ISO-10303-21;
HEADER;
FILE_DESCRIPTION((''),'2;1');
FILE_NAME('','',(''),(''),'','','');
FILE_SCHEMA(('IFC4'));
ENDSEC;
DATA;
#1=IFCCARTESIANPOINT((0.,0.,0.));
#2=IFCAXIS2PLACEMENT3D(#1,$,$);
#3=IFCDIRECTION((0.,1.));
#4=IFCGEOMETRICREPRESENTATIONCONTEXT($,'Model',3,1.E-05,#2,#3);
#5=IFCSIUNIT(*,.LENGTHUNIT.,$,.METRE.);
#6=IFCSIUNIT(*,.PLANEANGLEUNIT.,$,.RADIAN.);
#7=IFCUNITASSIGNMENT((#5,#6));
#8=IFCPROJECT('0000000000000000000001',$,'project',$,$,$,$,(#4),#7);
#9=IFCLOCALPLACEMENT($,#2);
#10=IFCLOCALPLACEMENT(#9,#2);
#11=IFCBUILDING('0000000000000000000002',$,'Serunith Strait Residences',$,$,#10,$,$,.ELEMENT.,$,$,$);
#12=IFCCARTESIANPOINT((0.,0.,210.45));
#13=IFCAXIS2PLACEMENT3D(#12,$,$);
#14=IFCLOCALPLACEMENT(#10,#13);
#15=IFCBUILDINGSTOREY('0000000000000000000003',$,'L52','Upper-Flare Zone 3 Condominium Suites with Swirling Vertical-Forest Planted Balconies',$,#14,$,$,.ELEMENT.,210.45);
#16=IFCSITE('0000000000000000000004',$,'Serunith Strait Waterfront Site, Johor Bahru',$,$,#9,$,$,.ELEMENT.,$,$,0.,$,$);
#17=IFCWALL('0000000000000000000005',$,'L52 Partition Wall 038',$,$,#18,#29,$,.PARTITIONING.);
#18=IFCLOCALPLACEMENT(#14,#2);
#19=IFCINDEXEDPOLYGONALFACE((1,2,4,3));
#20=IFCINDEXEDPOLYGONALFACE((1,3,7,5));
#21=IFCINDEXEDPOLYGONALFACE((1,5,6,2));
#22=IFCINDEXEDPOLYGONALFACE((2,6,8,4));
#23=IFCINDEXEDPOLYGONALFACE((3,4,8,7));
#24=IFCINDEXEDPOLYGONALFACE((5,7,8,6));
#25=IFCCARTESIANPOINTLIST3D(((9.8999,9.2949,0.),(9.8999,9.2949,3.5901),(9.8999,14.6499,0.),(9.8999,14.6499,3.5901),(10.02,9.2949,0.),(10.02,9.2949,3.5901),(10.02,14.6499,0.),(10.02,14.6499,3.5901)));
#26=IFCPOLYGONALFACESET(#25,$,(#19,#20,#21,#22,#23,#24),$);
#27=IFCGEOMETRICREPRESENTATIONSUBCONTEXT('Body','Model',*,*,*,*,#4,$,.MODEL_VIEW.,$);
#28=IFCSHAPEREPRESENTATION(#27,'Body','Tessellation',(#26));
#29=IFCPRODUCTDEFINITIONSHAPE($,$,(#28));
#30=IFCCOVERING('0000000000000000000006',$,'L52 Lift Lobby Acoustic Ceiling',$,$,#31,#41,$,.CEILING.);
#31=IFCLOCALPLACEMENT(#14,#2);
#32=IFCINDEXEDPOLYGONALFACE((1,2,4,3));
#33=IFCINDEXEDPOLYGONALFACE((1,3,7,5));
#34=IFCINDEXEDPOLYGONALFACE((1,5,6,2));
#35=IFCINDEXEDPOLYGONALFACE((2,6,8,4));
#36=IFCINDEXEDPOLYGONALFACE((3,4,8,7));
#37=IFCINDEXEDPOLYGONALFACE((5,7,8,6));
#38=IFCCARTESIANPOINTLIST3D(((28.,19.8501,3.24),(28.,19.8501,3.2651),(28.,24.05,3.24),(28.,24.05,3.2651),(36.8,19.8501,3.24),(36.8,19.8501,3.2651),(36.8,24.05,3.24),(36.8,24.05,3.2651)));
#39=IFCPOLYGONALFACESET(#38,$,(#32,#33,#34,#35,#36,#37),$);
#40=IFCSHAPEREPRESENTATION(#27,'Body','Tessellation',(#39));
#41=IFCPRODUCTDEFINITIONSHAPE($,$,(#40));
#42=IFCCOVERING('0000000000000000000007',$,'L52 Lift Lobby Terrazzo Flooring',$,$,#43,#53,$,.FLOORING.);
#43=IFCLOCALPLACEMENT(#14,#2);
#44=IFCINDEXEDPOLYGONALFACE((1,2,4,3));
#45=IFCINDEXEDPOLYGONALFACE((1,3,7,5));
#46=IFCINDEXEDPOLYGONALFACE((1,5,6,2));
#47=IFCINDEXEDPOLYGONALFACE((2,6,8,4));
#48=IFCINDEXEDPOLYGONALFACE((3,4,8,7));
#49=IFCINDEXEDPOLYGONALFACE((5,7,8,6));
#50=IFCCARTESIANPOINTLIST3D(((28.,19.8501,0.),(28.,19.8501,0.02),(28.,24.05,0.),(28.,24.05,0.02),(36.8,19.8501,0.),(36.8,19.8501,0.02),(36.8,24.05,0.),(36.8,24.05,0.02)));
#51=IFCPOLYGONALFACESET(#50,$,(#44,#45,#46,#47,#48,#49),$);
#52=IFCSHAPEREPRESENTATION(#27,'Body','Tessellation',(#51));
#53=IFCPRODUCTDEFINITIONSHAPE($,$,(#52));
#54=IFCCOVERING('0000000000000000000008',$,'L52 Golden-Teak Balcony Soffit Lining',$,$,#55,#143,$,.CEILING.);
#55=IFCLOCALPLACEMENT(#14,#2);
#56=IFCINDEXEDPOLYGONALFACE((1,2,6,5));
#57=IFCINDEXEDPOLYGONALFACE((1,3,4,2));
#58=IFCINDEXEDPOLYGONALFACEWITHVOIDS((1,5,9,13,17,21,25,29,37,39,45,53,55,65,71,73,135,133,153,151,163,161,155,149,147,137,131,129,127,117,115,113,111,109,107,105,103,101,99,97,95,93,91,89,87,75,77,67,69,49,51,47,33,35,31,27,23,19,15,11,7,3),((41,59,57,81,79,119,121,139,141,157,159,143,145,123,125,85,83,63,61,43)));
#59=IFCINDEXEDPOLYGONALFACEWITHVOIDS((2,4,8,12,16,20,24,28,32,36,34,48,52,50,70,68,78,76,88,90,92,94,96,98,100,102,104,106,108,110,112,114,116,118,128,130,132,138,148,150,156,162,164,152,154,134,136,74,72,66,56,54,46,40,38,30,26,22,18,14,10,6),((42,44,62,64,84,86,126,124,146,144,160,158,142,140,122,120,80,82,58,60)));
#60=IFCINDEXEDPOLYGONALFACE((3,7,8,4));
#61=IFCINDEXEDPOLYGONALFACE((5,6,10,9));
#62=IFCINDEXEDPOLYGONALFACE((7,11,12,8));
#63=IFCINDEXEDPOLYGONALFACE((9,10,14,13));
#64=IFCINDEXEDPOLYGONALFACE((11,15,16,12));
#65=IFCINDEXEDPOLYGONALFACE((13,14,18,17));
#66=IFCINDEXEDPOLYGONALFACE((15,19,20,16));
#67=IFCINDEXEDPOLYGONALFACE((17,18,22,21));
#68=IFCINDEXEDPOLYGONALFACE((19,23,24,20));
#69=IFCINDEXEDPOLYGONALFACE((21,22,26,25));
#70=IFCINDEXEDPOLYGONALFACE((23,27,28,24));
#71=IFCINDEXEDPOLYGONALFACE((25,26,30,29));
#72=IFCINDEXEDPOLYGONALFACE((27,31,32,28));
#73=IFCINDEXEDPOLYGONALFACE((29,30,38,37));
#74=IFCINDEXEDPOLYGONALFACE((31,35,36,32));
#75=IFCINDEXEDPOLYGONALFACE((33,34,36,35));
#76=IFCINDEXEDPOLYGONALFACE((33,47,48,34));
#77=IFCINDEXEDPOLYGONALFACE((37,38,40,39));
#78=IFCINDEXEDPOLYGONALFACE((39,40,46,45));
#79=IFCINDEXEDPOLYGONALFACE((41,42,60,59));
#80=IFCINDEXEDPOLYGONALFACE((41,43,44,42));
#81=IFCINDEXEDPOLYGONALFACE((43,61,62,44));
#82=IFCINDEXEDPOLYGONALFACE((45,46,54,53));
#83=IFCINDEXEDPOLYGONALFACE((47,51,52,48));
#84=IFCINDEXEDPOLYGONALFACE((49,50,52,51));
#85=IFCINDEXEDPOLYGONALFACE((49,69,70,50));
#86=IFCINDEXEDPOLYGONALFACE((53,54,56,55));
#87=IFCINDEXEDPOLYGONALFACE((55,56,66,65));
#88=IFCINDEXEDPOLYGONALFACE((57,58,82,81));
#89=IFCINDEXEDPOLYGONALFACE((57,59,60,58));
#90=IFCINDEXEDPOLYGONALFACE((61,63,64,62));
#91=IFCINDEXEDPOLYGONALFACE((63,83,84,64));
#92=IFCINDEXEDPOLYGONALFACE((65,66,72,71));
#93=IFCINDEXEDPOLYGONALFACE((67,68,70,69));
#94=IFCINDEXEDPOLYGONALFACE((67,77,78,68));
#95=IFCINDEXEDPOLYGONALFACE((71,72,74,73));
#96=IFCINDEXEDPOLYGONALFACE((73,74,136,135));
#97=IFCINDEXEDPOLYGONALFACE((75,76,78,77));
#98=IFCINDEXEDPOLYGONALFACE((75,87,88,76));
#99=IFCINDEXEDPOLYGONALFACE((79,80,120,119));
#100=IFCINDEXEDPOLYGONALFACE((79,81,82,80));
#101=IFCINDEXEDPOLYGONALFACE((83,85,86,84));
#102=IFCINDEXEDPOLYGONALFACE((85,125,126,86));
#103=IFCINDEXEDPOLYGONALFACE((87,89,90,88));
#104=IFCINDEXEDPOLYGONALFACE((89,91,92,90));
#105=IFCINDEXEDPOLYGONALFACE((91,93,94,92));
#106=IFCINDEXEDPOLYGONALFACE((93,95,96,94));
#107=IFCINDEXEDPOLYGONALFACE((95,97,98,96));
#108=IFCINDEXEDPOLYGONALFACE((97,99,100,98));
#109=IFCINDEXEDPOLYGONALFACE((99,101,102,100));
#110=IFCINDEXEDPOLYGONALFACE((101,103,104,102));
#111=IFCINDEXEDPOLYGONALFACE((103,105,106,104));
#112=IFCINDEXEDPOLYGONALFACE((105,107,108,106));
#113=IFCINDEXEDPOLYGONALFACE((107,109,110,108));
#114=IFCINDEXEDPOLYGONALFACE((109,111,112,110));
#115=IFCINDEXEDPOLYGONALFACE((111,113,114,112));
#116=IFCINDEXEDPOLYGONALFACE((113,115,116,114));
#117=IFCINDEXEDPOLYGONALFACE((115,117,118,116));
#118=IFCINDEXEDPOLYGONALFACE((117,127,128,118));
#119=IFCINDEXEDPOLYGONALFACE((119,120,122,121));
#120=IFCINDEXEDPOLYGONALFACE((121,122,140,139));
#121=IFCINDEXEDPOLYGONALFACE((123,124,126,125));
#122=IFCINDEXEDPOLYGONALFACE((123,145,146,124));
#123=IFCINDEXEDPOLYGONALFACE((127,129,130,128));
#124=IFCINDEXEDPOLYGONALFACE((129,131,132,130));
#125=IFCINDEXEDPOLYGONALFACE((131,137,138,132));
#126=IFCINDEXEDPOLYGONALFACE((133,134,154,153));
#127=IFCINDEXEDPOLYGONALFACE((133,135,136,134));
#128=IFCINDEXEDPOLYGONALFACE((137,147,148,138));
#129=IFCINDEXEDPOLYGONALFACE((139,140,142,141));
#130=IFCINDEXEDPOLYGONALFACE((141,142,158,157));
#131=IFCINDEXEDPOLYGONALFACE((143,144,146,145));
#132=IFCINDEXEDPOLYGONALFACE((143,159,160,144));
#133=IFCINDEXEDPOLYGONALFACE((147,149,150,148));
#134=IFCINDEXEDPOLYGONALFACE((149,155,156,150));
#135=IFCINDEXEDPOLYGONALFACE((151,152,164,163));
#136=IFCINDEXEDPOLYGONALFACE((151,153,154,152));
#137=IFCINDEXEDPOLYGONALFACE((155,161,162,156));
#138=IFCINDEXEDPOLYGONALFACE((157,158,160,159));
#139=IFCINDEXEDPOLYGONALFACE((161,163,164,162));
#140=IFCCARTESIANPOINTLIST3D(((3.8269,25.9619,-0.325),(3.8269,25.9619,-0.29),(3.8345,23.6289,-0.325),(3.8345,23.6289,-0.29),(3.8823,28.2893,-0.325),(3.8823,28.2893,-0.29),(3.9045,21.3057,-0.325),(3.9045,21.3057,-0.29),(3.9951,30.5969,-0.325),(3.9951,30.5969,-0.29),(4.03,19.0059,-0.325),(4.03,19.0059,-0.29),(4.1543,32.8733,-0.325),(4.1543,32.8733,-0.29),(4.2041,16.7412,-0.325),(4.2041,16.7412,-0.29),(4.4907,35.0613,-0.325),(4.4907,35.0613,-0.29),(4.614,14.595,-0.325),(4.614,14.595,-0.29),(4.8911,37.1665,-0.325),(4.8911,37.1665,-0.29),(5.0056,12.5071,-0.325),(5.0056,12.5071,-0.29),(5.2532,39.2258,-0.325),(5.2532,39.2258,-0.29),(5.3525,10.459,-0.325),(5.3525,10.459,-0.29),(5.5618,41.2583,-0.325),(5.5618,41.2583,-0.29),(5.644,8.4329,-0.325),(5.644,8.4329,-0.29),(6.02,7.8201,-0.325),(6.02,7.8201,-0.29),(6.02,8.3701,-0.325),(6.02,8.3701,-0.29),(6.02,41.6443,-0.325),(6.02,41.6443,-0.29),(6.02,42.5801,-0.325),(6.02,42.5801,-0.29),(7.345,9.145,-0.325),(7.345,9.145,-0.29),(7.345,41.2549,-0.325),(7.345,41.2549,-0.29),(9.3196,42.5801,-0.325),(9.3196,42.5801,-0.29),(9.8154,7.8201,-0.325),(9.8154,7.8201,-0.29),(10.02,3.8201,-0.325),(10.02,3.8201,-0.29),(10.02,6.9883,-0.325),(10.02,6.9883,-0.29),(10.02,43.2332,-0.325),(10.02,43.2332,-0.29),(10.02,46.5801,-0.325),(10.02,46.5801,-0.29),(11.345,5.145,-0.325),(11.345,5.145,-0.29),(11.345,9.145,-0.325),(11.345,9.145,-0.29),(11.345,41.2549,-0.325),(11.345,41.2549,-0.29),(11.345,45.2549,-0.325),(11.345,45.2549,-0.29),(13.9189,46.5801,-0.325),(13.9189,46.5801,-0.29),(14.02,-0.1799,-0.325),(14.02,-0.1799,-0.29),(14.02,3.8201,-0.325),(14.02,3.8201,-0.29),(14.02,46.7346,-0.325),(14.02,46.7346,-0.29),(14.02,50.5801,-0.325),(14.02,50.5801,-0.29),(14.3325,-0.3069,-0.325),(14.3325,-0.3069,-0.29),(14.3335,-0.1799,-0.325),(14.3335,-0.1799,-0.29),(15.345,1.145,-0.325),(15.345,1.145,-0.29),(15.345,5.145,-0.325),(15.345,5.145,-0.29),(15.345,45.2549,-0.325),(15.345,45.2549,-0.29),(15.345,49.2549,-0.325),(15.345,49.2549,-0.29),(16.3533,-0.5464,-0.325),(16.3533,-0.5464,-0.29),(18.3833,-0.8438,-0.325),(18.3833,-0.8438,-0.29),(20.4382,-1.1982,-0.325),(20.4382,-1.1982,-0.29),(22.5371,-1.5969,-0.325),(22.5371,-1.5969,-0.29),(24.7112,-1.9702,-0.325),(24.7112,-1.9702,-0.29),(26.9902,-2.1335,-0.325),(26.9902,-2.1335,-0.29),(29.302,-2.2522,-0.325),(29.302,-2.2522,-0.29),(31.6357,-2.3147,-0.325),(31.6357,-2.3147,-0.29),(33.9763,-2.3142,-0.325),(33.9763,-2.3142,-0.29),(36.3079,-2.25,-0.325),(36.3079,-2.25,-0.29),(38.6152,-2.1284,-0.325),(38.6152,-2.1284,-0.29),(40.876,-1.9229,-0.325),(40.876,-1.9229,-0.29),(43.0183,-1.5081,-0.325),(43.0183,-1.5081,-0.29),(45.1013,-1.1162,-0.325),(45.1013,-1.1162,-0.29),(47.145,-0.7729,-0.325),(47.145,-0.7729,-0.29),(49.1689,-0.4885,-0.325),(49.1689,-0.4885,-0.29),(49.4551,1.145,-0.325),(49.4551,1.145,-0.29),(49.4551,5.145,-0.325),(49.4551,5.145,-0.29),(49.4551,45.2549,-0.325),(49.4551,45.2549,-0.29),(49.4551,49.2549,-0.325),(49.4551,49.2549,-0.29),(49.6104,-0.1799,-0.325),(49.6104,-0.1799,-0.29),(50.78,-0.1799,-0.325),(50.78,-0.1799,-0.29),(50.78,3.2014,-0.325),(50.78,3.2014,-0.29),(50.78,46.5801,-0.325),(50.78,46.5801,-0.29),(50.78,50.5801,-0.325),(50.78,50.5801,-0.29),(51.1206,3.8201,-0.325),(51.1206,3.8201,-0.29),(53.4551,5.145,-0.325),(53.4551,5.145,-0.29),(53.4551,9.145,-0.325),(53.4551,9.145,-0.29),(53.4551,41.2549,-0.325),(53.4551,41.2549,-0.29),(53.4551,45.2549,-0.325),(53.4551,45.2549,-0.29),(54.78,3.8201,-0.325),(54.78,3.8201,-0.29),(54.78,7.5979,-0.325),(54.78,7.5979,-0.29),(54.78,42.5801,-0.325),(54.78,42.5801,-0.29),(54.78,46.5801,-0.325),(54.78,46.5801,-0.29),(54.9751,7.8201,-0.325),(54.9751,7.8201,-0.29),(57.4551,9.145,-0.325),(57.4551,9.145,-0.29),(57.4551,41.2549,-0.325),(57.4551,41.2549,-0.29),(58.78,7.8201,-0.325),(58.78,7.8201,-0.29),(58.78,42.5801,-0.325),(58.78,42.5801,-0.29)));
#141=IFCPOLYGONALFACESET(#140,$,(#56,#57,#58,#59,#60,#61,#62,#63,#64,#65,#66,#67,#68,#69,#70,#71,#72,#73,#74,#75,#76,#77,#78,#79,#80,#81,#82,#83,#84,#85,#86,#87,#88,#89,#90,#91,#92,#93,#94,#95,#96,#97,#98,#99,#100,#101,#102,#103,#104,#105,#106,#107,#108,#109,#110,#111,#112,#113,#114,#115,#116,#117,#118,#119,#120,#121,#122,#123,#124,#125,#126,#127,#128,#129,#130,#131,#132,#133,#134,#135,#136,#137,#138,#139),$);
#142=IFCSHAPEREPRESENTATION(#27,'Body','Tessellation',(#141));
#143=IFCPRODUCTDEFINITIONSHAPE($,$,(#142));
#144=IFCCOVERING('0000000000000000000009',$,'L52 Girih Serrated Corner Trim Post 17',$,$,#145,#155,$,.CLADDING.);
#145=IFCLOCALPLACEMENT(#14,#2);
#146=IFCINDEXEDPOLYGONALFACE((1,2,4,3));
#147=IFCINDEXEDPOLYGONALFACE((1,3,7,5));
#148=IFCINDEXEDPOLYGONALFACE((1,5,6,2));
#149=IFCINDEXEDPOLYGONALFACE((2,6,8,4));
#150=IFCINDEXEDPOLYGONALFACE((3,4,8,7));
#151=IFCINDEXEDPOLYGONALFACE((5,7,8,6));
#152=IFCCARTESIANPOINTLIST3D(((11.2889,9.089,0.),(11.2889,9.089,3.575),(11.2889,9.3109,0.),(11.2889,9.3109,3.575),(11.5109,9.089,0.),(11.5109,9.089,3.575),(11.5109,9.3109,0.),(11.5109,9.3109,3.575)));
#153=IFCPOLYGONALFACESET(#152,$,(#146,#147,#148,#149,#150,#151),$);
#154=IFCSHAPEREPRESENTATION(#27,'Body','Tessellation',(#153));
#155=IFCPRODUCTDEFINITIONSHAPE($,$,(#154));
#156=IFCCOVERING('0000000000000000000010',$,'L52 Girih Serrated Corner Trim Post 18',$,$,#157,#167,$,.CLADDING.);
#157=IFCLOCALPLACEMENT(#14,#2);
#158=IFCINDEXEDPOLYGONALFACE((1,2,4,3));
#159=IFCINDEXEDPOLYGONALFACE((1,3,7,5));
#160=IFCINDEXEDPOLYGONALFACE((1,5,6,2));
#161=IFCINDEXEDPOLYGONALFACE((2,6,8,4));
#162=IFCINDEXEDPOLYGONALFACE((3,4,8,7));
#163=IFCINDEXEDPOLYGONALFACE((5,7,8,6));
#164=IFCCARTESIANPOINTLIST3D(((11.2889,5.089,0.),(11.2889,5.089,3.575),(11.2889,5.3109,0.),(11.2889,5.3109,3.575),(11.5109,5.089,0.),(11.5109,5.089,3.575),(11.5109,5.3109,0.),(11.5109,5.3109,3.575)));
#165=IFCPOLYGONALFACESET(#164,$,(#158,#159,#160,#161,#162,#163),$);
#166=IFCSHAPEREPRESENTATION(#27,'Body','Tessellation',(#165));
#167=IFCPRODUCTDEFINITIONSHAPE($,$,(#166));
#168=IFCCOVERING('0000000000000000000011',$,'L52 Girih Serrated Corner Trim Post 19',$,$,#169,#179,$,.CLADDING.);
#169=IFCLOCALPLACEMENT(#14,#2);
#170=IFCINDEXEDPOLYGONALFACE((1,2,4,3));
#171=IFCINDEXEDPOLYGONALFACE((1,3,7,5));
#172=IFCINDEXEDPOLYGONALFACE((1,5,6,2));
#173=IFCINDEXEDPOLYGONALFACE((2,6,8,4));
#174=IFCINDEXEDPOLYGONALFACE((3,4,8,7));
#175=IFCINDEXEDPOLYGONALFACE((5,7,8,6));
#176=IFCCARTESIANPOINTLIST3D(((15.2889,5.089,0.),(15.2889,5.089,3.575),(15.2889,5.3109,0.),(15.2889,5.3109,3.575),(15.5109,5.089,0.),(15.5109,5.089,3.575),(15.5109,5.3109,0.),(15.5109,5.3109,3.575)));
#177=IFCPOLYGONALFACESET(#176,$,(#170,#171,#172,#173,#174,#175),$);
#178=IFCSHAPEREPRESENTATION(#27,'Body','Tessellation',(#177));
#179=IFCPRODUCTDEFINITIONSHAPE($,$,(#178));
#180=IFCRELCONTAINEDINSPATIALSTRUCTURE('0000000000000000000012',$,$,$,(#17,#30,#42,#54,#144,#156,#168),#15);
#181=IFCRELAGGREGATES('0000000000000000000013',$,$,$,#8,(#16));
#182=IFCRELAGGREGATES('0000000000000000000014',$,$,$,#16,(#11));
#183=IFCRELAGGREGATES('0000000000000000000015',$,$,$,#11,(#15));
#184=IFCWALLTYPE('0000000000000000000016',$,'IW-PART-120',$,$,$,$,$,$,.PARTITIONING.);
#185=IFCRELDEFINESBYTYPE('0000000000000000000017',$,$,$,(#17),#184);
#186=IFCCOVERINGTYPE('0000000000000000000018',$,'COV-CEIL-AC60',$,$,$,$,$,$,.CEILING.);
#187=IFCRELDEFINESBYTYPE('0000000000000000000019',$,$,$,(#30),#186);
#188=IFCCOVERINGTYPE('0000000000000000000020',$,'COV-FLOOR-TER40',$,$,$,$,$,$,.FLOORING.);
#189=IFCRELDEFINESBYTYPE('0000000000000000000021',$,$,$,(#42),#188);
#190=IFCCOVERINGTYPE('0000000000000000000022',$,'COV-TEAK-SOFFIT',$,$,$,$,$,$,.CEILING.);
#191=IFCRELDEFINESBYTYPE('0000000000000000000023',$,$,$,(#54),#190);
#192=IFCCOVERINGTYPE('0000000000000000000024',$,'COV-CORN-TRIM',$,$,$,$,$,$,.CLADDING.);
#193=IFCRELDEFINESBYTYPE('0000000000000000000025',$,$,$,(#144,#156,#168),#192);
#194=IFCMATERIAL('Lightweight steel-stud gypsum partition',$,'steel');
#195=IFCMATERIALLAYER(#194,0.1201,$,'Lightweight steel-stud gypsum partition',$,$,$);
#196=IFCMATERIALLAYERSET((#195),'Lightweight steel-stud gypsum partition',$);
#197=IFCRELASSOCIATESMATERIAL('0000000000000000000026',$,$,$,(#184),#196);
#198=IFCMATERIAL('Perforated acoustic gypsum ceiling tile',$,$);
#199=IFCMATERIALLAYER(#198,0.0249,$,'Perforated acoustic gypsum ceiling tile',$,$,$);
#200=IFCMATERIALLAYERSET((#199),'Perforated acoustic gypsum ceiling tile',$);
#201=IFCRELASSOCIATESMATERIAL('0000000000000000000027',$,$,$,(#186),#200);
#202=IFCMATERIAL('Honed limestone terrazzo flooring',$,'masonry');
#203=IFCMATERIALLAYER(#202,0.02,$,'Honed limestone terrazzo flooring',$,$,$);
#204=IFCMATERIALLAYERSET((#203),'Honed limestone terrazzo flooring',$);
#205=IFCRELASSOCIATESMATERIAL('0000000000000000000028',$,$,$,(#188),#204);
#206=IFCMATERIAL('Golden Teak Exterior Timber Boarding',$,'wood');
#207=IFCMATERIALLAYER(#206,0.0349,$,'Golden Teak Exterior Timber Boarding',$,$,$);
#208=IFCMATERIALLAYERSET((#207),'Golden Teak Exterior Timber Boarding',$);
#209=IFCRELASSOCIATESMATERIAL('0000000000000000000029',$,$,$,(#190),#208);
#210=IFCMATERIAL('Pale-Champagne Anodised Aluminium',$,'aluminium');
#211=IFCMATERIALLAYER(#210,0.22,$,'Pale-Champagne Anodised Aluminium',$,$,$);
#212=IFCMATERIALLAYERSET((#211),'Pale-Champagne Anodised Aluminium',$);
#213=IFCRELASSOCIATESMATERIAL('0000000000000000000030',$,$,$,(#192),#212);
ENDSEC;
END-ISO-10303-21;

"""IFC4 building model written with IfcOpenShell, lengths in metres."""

from ifc_helpers import new_model, si_unit, direction, frame, frame_2d, origin, origin_2d, place, context, subcontext, project, spatial, polyline, rectangle, outline, extrude, source, transform, mapped, material, layer, layer_set, type_object, element, save


model = new_model("IFC4")

# Units and contexts
model_context = context("Model", 3, precision=1e-05, world=origin(), true_north=direction((0.0, 1.0)))
body_context = subcontext(model_context, "Body", "Model", "MODEL_VIEW")
ifc_project = project(units=[si_unit("LENGTHUNIT", "METRE"), si_unit("PLANEANGLEUNIT", "RADIAN")], contexts=[model_context])

# Site, building, storey
site_placement = place(None, origin())
site = spatial("IfcSite", under=ifc_project, at=site_placement, Name="Serunith Strait Waterfront Site, Johor Bahru", CompositionType="ELEMENT", RefElevation=0.0)
building_placement = place(site_placement, origin())
building = spatial("IfcBuilding", under=site, at=building_placement, Name="Serunith Strait Residences", CompositionType="ELEMENT")
storey_placement = place(building_placement, frame((0.0, 0.0, 210.45)))
storey = spatial("IfcBuildingStorey", under=building, at=storey_placement, Name="L52", Description="Upper-Flare Zone 3 Condominium Suites with Swirling Vertical-Forest Planted Balconies", CompositionType="ELEMENT", Elevation=210.45)

# Shared definitions
ifc_material_1 = material(Name="Pale-Champagne Anodised Aluminium", Category="aluminium")

# Wall
ifc_material_2 = material(Name="Lightweight steel-stud gypsum partition", Category="steel")
ifc_layer_1 = layer(ifc_material_2, 0.1201, Name="Lightweight steel-stud gypsum partition")
ifc_layer_set_1 = layer_set([ifc_layer_1], Name="Lightweight steel-stud gypsum partition")
wall_type_1 = type_object("IfcWallType", Name="IW-PART-120", PredefinedType="PARTITIONING", material=ifc_layer_set_1)
wall_1_placement = place(storey_placement, frame((9.96, 9.2949, 0.0), z_axis=(0.0, 0.0, 1.0), x_axis=(0.0, 1.0, 0.0)))
element("IfcWall", 1, at=wall_1_placement, inside=storey, type_object=wall_type_1, Name="L52 Partition Wall 038", PredefinedType="PARTITIONING", context=body_context, shape_type="SweptSolid", body=[
    extrude(rectangle(XDim=5.355, YDim=0.1201, at=frame_2d((2.6775, 0.0))), origin(), (0.0, 0.0, 1.0), 3.5901),
])

# Coverings
ifc_material_3 = material(Name="Perforated acoustic gypsum ceiling tile")
ifc_layer_2 = layer(ifc_material_3, 0.0249, Name="Perforated acoustic gypsum ceiling tile")
ifc_layer_set_2 = layer_set([ifc_layer_2], Name="Perforated acoustic gypsum ceiling tile")
covering_type_1 = type_object("IfcCoveringType", Name="COV-CEIL-AC60", PredefinedType="CEILING", material=ifc_layer_set_2)
covering_1_placement = place(storey_placement, frame((0.0, 0.0, 3.24)))
element("IfcCovering", 2, at=covering_1_placement, inside=storey, type_object=covering_type_1, Name="L52 Lift Lobby Acoustic Ceiling", PredefinedType="CEILING", context=body_context, shape_type="SweptSolid", body=[
    extrude(outline(polyline([(28.0, 19.8501), (36.8, 19.8501), (36.8, 24.05), (28.0, 24.05), (28.0, 19.8501)])), origin(), (0.0, 0.0, 1.0), 0.0251),
])
ifc_material_4 = material(Name="Honed limestone terrazzo flooring", Category="masonry")
ifc_layer_3 = layer(ifc_material_4, 0.02, Name="Honed limestone terrazzo flooring")
ifc_layer_set_3 = layer_set([ifc_layer_3], Name="Honed limestone terrazzo flooring")
covering_type_2 = type_object("IfcCoveringType", Name="COV-FLOOR-TER40", PredefinedType="FLOORING", material=ifc_layer_set_3)
covering_2_placement = place(storey_placement, origin())
element("IfcCovering", 3, at=covering_2_placement, inside=storey, type_object=covering_type_2, Name="L52 Lift Lobby Terrazzo Flooring", PredefinedType="FLOORING", context=body_context, shape_type="SweptSolid", body=[
    extrude(outline(polyline([(28.0, 19.8501), (36.8, 19.8501), (36.8, 24.05), (28.0, 24.05), (28.0, 19.8501)])), origin(), (0.0, 0.0, 1.0), 0.02),
])
ifc_material_5 = material(Name="Golden Teak Exterior Timber Boarding", Category="wood")
ifc_layer_4 = layer(ifc_material_5, 0.0349, Name="Golden Teak Exterior Timber Boarding")
ifc_layer_set_4 = layer_set([ifc_layer_4], Name="Golden Teak Exterior Timber Boarding")
covering_type_3 = type_object("IfcCoveringType", Name="COV-TEAK-SOFFIT", PredefinedType="CEILING", material=ifc_layer_set_4)
covering_3_placement = place(storey_placement, frame((0.0, 0.0, -0.325)))
element("IfcCovering", 4, at=covering_3_placement, inside=storey, type_object=covering_type_3, Name="L52 Golden-Teak Balcony Soffit Lining", PredefinedType="CEILING", context=body_context, shape_type="SweptSolid", body=[
    extrude(outline(polyline([(14.02, -0.1799), (14.02, 3.8201), (10.02, 3.8201), (10.02, 6.9883), (9.8154, 7.8201), (6.02, 7.8201), (6.02, 8.3701), (5.644, 8.4329), (5.3525, 10.459), (5.0056, 12.5071), (4.614, 14.595), (4.2041, 16.7412), (4.03, 19.0059), (3.9045, 21.3057), (3.8345, 23.6289), (3.8269, 25.9619), (3.8823, 28.2893), (3.9951, 30.5969), (4.1543, 32.8733), (4.4907, 35.0613), (4.8911, 37.1665), (5.2532, 39.2258), (5.5618, 41.2583), (6.02, 41.6443), (6.02, 42.5801), (9.3196, 42.5801), (10.02, 43.2332), (10.02, 46.5801), (13.9189, 46.5801), (14.02, 46.7346), (14.02, 50.5801), (50.78, 50.5801), (50.78, 46.5801), (54.78, 46.5801), (54.78, 42.5801), (58.78, 42.5801), (58.78, 7.8201), (54.9751, 7.8201), (54.78, 7.5979), (54.78, 3.8201), (51.1206, 3.8201), (50.78, 3.2014), (50.78, -0.1799), (49.6104, -0.1799), (49.1689, -0.4885), (47.145, -0.7729), (45.1013, -1.1162), (43.0183, -1.5081), (40.876, -1.9229), (38.6152, -2.1284), (36.3079, -2.25), (33.9763, -2.3142), (31.6357, -2.3147), (29.302, -2.2522), (26.9902, -2.1335), (24.7112, -1.9702), (22.5371, -1.5969), (20.4382, -1.1982), (18.3833, -0.8438), (16.3533, -0.5464), (14.3325, -0.3069), (14.3335, -0.1799), (14.02, -0.1799)]), holes=[polyline([(49.4551, 1.145), (49.4551, 5.145), (53.4551, 5.145), (53.4551, 9.145), (57.4551, 9.145), (57.4551, 41.2549), (53.4551, 41.2549), (53.4551, 45.2549), (49.4551, 45.2549), (49.4551, 49.2549), (15.345, 49.2549), (15.345, 45.2549), (11.345, 45.2549), (11.345, 41.2549), (7.345, 41.2549), (7.345, 9.145), (11.345, 9.145), (11.345, 5.145), (15.345, 5.145), (15.345, 1.145), (49.4551, 1.145)])]), origin(), (0.0, 0.0, 1.0), 0.0349),
])

# Coverings
ifc_layer_5 = layer(ifc_material_1, 0.22, Name="Pale-Champagne Anodised Aluminium")
ifc_layer_set_5 = layer_set([ifc_layer_5], Name="Pale-Champagne Anodised Aluminium")
covering_type_4 = type_object("IfcCoveringType", Name="COV-CORN-TRIM", PredefinedType="CLADDING", material=ifc_layer_set_5)
shared_shape_1 = source(origin(), body_context, "Body", "SweptSolid", [
    extrude(rectangle(XDim=0.2219, YDim=0.2219, at=origin_2d()), origin(), (0.0, 0.0, 1.0), 3.575),
])
for number, where, z_axis, x_axis, name in (
    (5, (11.3999, 9.2, 0.0), (0.0, 0.0, 1.0), (1.0, 0.0, 0.0), "L52 Girih Serrated Corner Trim Post 17"),
    (6, (11.3999, 5.2, 0.0), (0.0, 0.0, 1.0), (1.0, 0.0, 0.0), "L52 Girih Serrated Corner Trim Post 18"),
    (7, (15.3999, 5.2, 0.0), (0.0, 0.0, 1.0), (1.0, 0.0, 0.0), "L52 Girih Serrated Corner Trim Post 19"),
):
    element("IfcCovering", number, at=place(storey_placement, frame(where, z_axis=z_axis, x_axis=x_axis)), inside=storey, type_object=covering_type_4, Name=name, PredefinedType="CLADDING", context=body_context, shape_type="MappedRepresentation", body=[
        mapped(shared_shape_1, transform((0.0, 0.0, 0.0), scale=1.0)),
    ])

save(model, "model.ifc")
